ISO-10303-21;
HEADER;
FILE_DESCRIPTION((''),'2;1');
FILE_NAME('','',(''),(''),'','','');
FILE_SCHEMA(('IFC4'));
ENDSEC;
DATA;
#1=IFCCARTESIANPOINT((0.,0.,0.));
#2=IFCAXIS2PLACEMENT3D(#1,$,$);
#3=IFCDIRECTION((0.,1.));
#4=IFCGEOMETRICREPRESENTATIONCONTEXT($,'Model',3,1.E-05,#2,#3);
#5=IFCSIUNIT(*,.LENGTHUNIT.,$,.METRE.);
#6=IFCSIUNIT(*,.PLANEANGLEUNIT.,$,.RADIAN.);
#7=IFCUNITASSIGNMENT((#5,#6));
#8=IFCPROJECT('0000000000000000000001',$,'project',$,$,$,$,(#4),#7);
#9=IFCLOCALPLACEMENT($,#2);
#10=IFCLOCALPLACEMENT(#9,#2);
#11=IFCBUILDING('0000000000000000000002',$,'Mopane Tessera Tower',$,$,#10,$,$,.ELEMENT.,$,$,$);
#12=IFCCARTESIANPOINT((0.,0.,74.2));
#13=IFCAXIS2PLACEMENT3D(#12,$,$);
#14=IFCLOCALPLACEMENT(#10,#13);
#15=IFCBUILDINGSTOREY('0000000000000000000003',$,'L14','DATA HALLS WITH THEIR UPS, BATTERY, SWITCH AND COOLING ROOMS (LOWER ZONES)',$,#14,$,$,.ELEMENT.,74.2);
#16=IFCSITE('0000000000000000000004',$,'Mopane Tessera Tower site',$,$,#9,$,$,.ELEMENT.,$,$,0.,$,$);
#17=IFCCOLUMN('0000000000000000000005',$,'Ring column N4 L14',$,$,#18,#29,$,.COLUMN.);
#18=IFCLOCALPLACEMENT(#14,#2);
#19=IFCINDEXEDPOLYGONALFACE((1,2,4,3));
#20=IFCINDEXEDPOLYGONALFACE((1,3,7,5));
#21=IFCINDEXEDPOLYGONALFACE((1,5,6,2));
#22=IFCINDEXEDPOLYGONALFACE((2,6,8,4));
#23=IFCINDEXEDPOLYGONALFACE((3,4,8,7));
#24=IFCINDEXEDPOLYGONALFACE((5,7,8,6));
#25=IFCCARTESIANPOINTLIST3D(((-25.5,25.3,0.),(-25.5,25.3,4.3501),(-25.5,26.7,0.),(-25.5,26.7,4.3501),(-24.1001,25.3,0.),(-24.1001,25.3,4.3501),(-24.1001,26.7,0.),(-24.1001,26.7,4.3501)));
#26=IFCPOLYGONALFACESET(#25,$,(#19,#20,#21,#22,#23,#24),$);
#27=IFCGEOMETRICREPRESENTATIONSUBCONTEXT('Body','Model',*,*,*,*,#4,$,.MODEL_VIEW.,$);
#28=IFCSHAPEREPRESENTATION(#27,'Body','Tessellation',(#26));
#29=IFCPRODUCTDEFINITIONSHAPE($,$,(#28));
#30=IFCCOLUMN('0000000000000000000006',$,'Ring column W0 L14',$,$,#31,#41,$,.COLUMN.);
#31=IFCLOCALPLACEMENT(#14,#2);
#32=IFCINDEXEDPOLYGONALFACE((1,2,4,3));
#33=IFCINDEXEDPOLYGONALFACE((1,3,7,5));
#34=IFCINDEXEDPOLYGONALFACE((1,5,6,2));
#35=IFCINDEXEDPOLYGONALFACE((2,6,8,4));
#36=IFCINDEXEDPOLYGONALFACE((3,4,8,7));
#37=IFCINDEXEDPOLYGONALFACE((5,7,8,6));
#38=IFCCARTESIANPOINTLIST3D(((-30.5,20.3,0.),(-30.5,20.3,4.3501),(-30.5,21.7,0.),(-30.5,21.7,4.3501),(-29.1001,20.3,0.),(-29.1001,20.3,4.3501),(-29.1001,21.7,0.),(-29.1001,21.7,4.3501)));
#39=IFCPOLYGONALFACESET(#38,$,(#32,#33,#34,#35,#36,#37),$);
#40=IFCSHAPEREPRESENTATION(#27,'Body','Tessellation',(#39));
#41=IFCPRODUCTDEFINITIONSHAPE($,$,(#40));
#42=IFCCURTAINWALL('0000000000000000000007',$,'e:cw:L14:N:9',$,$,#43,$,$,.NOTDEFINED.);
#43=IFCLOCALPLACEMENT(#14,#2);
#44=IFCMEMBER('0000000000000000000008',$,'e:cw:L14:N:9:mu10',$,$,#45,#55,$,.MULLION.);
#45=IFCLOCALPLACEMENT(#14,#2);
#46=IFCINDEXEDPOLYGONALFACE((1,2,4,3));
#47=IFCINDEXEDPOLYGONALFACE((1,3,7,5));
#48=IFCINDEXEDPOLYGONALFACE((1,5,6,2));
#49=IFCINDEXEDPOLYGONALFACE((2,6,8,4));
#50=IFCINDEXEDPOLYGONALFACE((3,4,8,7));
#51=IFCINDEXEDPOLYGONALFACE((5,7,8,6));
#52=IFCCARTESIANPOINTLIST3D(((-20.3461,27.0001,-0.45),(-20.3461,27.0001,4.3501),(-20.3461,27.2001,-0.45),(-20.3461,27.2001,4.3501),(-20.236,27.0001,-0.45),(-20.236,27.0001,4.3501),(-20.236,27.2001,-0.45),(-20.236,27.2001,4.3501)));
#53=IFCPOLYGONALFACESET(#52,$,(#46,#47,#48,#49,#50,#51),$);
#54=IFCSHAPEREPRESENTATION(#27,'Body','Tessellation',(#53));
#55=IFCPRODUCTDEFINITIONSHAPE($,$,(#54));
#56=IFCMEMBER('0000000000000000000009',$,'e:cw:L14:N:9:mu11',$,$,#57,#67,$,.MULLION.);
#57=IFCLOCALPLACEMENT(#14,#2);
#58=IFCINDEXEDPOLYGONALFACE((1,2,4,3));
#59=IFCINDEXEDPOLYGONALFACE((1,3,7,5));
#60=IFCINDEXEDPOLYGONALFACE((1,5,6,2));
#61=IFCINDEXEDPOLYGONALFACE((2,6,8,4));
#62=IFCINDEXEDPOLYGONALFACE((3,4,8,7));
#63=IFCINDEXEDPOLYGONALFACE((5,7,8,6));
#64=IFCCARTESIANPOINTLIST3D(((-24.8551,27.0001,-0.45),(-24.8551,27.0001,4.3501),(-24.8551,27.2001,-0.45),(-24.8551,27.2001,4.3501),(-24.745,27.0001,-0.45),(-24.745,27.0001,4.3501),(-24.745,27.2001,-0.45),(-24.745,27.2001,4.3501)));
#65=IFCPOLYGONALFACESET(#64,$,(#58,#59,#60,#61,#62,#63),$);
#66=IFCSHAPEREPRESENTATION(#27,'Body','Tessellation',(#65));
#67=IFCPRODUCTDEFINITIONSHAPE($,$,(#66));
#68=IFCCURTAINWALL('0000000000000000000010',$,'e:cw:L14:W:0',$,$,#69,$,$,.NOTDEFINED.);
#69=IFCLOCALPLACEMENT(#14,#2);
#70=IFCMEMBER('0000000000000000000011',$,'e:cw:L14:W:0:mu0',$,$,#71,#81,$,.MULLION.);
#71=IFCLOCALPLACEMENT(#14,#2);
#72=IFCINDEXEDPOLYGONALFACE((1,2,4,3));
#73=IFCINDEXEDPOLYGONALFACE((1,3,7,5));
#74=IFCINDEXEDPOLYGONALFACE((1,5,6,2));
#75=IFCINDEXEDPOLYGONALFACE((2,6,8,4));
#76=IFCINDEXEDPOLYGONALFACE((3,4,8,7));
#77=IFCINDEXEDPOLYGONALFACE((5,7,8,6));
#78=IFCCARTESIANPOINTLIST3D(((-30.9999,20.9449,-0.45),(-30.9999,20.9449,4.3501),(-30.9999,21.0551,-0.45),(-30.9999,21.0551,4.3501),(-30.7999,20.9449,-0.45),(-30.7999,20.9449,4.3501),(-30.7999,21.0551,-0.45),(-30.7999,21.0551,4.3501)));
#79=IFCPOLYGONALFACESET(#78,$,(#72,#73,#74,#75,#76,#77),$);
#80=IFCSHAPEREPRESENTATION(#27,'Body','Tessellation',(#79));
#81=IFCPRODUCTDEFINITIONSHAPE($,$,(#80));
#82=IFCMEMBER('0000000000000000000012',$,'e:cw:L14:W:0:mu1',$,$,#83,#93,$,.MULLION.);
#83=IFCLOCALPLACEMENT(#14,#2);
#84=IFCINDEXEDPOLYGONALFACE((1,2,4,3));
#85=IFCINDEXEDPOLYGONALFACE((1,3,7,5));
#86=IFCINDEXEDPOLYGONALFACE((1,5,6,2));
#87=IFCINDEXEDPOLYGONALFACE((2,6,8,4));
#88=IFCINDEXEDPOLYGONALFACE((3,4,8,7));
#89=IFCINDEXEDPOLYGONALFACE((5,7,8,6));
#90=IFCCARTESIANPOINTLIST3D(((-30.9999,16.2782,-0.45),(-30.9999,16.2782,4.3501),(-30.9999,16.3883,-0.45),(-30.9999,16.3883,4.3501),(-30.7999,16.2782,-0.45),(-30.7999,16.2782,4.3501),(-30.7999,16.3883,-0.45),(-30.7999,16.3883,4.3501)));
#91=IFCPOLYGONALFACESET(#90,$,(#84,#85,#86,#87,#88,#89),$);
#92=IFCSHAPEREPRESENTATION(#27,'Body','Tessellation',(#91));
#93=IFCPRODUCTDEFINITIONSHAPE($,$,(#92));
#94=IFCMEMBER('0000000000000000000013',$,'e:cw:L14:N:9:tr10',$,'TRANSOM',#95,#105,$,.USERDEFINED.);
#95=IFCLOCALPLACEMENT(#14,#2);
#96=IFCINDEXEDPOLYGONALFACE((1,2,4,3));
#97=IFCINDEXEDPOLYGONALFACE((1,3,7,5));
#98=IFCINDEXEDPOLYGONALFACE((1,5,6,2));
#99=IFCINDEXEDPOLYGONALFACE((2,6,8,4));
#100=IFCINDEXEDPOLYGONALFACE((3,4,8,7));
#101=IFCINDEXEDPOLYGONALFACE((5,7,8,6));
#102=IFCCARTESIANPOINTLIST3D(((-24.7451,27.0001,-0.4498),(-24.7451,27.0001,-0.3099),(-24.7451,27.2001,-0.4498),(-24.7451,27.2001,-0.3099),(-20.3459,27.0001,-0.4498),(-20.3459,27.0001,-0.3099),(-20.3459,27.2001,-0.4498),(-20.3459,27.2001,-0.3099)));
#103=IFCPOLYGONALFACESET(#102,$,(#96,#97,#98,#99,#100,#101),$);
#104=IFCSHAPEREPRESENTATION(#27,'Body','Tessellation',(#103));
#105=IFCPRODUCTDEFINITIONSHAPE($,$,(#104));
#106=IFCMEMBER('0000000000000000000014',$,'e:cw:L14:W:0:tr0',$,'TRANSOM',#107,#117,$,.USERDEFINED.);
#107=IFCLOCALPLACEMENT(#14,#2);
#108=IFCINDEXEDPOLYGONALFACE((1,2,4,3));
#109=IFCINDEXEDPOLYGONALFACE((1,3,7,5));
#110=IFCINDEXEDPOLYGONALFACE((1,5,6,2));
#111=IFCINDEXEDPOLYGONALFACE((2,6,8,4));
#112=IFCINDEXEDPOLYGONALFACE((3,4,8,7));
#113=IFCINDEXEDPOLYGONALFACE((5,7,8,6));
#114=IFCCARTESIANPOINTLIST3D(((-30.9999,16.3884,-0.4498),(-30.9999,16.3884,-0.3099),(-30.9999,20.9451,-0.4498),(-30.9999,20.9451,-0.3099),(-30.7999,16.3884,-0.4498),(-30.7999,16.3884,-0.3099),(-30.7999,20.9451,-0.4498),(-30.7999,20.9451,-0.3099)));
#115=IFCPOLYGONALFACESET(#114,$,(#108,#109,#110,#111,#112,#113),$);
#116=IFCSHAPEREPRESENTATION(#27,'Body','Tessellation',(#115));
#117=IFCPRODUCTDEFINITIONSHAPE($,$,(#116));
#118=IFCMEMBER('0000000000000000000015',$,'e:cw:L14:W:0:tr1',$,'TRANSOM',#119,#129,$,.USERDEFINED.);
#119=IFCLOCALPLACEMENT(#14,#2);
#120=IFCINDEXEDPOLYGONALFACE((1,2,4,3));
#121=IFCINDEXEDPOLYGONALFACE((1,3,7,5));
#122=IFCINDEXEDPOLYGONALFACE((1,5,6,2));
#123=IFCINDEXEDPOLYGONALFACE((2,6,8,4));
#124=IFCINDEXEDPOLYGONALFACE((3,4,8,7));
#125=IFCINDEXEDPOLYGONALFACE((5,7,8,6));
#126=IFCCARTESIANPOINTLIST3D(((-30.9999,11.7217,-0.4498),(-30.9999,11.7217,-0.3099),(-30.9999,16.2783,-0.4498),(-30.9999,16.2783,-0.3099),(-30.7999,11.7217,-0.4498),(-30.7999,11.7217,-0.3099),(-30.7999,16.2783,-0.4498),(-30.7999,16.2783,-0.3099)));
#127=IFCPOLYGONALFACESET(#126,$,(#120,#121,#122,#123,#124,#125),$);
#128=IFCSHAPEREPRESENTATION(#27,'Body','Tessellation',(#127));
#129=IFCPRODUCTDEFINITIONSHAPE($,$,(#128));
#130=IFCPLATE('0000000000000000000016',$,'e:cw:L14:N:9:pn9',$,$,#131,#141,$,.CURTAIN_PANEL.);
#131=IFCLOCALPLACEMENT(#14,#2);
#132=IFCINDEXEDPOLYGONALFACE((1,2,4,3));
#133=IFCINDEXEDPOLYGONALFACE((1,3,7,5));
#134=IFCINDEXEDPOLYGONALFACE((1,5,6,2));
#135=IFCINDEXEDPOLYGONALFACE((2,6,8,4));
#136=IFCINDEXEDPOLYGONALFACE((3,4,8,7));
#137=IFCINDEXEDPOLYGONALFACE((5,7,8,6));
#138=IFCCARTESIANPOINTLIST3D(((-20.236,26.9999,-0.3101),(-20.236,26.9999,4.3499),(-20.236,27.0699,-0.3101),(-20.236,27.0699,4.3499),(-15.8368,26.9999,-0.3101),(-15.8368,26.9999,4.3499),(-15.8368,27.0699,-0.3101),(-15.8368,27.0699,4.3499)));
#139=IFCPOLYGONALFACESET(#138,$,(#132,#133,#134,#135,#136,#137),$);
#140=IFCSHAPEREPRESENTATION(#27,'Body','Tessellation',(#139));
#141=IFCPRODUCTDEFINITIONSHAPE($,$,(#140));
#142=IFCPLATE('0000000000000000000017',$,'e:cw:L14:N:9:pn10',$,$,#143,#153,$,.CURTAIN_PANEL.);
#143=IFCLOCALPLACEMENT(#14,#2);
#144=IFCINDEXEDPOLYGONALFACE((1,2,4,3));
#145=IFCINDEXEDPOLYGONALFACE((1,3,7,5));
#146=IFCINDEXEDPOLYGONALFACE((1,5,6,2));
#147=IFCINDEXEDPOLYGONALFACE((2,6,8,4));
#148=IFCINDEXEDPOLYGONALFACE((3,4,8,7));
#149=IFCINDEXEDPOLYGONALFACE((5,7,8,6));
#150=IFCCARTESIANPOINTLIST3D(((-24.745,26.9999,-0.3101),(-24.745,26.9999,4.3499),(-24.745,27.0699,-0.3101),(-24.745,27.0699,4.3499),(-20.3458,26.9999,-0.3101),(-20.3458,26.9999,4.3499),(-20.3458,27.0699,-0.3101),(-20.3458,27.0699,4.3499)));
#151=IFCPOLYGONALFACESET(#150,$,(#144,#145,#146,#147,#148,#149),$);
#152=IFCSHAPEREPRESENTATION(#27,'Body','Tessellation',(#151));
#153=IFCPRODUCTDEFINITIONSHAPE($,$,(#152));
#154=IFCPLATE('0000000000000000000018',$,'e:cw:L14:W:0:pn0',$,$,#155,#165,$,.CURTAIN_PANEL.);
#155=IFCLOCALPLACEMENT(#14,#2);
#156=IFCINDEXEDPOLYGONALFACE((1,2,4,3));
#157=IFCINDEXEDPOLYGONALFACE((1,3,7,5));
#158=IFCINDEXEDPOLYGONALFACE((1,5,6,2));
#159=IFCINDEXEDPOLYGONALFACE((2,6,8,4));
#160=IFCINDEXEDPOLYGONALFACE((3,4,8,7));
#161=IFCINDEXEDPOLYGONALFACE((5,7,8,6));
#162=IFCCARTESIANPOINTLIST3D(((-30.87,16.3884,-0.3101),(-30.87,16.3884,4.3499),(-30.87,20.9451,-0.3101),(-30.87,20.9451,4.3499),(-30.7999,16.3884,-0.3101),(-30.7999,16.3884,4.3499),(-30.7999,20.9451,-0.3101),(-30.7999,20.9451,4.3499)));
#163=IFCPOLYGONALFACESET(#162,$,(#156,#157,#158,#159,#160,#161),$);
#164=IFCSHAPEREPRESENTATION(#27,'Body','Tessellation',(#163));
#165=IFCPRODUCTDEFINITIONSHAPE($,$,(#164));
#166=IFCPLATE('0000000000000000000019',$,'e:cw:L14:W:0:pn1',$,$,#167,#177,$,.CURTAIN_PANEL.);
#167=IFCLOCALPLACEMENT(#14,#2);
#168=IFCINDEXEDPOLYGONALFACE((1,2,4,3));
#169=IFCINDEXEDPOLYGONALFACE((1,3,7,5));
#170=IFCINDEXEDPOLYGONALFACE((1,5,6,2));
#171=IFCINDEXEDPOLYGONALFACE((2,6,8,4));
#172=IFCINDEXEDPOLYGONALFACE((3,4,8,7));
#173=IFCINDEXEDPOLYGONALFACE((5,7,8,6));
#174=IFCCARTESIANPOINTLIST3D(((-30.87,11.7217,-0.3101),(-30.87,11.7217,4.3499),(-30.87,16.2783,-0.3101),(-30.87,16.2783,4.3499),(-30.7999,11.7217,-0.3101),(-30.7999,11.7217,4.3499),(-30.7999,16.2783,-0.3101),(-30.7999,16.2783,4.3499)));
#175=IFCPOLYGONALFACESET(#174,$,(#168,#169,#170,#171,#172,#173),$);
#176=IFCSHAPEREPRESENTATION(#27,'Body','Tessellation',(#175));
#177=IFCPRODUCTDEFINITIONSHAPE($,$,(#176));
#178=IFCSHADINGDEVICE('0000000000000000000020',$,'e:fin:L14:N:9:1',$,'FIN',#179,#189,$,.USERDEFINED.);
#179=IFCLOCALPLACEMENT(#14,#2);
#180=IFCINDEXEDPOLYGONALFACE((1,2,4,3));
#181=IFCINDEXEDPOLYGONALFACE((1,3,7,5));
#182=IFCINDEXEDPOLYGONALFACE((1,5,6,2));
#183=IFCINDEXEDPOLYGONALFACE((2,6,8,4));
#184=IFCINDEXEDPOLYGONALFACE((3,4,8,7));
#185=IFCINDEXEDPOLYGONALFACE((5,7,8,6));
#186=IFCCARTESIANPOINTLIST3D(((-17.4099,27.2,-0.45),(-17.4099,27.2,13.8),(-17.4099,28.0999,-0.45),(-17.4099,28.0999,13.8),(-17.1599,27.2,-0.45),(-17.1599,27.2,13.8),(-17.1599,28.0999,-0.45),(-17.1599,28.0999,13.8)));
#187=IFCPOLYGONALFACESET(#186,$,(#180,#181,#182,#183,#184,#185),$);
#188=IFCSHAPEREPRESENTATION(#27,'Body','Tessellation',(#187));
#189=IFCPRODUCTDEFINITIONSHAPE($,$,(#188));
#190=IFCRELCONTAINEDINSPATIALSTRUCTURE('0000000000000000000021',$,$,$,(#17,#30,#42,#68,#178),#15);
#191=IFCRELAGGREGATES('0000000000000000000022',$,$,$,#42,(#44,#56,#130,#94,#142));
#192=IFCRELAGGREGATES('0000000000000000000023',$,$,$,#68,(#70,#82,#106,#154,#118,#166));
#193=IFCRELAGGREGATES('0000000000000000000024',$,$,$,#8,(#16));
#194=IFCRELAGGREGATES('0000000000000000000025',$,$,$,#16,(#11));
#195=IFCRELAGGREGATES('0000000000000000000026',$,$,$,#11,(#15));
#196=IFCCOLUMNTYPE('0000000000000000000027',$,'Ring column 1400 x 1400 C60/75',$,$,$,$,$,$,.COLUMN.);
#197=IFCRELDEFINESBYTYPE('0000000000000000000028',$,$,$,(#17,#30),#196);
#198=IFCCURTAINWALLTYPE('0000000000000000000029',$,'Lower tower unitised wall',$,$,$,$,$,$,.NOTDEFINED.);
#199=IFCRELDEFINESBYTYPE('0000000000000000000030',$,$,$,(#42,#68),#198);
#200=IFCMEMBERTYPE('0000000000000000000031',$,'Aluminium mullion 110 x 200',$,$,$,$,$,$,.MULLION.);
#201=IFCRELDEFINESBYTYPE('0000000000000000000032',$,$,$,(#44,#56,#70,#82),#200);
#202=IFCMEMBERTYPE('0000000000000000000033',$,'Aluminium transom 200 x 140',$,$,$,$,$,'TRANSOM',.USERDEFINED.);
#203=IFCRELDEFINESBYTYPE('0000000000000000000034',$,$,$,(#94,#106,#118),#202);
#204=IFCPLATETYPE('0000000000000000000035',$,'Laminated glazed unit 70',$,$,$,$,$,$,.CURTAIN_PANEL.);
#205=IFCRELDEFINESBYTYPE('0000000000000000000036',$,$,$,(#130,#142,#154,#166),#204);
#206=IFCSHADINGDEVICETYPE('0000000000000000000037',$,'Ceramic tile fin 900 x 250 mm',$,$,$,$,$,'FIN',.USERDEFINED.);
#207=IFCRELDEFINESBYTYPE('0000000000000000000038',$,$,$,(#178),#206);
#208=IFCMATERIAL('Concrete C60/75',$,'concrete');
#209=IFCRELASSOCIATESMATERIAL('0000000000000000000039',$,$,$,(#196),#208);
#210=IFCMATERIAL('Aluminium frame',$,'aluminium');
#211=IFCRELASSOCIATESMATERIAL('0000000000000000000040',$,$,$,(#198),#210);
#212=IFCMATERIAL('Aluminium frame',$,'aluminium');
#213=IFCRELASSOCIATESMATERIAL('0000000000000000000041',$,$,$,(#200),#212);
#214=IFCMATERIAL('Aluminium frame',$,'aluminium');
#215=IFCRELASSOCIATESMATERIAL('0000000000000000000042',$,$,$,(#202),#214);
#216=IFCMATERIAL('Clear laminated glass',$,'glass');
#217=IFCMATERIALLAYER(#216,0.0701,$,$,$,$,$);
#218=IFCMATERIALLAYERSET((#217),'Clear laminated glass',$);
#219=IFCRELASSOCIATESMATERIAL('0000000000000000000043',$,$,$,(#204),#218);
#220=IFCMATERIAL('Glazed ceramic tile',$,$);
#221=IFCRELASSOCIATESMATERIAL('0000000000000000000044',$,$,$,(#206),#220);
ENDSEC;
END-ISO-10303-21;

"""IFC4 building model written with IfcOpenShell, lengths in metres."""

from ifc_helpers import new_model, si_unit, direction, frame, origin, origin_2d, place, context, subcontext, project, spatial, rectangle, extrude, material, layer, layer_set, material_profile, profile_set, type_object, element, aggregate, save


model = new_model("IFC4")

# Units and contexts
model_context = context("Model", 3, precision=1e-05, world=origin(), true_north=direction((0.0, 1.0)))
body_context = subcontext(model_context, "Body", "Model", "MODEL_VIEW")
ifc_project = project(units=[si_unit("LENGTHUNIT", "METRE"), si_unit("PLANEANGLEUNIT", "RADIAN")], contexts=[model_context])

# Site, building, storey
site_placement = place(None, origin())
site = spatial("IfcSite", under=ifc_project, at=site_placement, Name="Mopane Tessera Tower site", CompositionType="ELEMENT", RefElevation=0.0)
building_placement = place(site_placement, origin())
building = spatial("IfcBuilding", under=site, at=building_placement, Name="Mopane Tessera Tower", CompositionType="ELEMENT")
storey_placement = place(building_placement, frame((0.0, 0.0, 74.2)))
storey = spatial("IfcBuildingStorey", under=building, at=storey_placement, Name="L14", Description="DATA HALLS WITH THEIR UPS, BATTERY, SWITCH AND COOLING ROOMS (LOWER ZONES)", CompositionType="ELEMENT", Elevation=74.2)

# Columns
ifc_material_1 = material(Name="Concrete C60/75", Category="concrete")
ifc_material_profile_1 = material_profile(ifc_material_1, rectangle(XDim=1.3999, YDim=1.3999, at=origin_2d()))
ifc_profile_set_1 = profile_set([ifc_material_profile_1], Name="Concrete C60/75")
column_type = type_object("IfcColumnType", Name="Ring column 1400 x 1400 C60/75", PredefinedType="COLUMN", material=ifc_profile_set_1)
for number, where, z_axis, x_axis, name in (
    (1, (-24.8, 26.0, 0.0), (0.0, 0.0, 1.0), (1.0, 0.0, 0.0), "Ring column N4 L14"),
    (2, (-29.8, 21.0, 0.0), (0.0, 0.0, 1.0), (1.0, 0.0, 0.0), "Ring column W0 L14"),
):
    element("IfcColumn", number, at=place(storey_placement, frame(where, z_axis=z_axis, x_axis=x_axis)), inside=storey, type_object=column_type, Name=name, PredefinedType="COLUMN", context=body_context, shape_type="SweptSolid", body=[
        extrude(rectangle(XDim=1.3999, YDim=1.3999, at=origin_2d()), origin(), (0.0, 0.0, 1.0), 4.3501),
    ])

# Curtain walls, members
ifc_material_2 = material(Name="Aluminium frame", Category="aluminium")
curtain_wall_type = type_object("IfcCurtainWallType", Name="Lower tower unitised wall", PredefinedType="NOTDEFINED", material=ifc_material_2)
curtain_wall_1_placement = place(storey_placement, origin())
curtain_wall_1 = element("IfcCurtainWall", 3, at=curtain_wall_1_placement, inside=storey, type_object=curtain_wall_type, Name="e:cw:L14:N:9", PredefinedType="NOTDEFINED")
ifc_material_3 = material(Name="Aluminium frame", Category="aluminium")
ifc_material_profile_2 = material_profile(ifc_material_3, rectangle(XDim=0.1101, YDim=0.2, at=origin_2d()))
ifc_profile_set_2 = profile_set([ifc_material_profile_2], Name="Aluminium frame")
member_type_1 = type_object("IfcMemberType", Name="Aluminium mullion 110 x 200", PredefinedType="MULLION", material=ifc_profile_set_2)
member_1_placement = place(storey_placement, frame((-20.291, 27.1001, -0.45), z_axis=(0.0, 0.0, 1.0), x_axis=(-1.0, 0.0, 0.0)))
member_1 = element("IfcMember", 4, at=member_1_placement, type_object=member_type_1, Name="e:cw:L14:N:9:mu10", PredefinedType="MULLION", context=body_context, shape_type="SweptSolid", body=[
    extrude(rectangle(XDim=0.1101, YDim=0.2, at=origin_2d()), origin(), (0.0, 0.0, 1.0), 4.8),
])
member_2_placement = place(storey_placement, frame((-24.8, 27.1001, -0.45), z_axis=(0.0, 0.0, 1.0), x_axis=(-1.0, 0.0, 0.0)))
member_2 = element("IfcMember", 5, at=member_2_placement, type_object=member_type_1, Name="e:cw:L14:N:9:mu11", PredefinedType="MULLION", context=body_context, shape_type="SweptSolid", body=[
    extrude(rectangle(XDim=0.1101, YDim=0.2, at=origin_2d()), origin(), (0.0, 0.0, 1.0), 4.8),
])
curtain_wall_2_placement = place(storey_placement, origin())
curtain_wall_2 = element("IfcCurtainWall", 6, at=curtain_wall_2_placement, inside=storey, type_object=curtain_wall_type, Name="e:cw:L14:W:0", PredefinedType="NOTDEFINED")
member_3_placement = place(storey_placement, frame((-30.8999, 21.0, -0.45), z_axis=(0.0, 0.0, 1.0), x_axis=(0.0, -1.0, 0.0)))
member_3 = element("IfcMember", 7, at=member_3_placement, type_object=member_type_1, Name="e:cw:L14:W:0:mu0", PredefinedType="MULLION", context=body_context, shape_type="SweptSolid", body=[
    extrude(rectangle(XDim=0.1101, YDim=0.2, at=origin_2d()), origin(), (0.0, 0.0, 1.0), 4.8),
])
member_4_placement = place(storey_placement, frame((-30.8999, 16.3333, -0.45), z_axis=(0.0, 0.0, 1.0), x_axis=(0.0, -1.0, 0.0)))
member_4 = element("IfcMember", 8, at=member_4_placement, type_object=member_type_1, Name="e:cw:L14:W:0:mu1", PredefinedType="MULLION", context=body_context, shape_type="SweptSolid", body=[
    extrude(rectangle(XDim=0.1101, YDim=0.2, at=origin_2d()), origin(), (0.0, 0.0, 1.0), 4.8),
])

# Members
ifc_material_4 = material(Name="Aluminium frame", Category="aluminium")
ifc_material_profile_3 = material_profile(ifc_material_4, rectangle(XDim=0.2, YDim=0.1399, at=origin_2d()))
ifc_profile_set_3 = profile_set([ifc_material_profile_3], Name="Aluminium frame")
member_type_2 = type_object("IfcMemberType", Name="Aluminium transom 200 x 140", ElementType="TRANSOM", PredefinedType="USERDEFINED", material=ifc_profile_set_3)
member_5_placement = place(storey_placement, frame((-20.3459, 27.1001, -0.3799), z_axis=(-1.0, 0.0, 0.0), x_axis=(0.0, -1.0, 0.0)))
member_5 = element("IfcMember", 9, at=member_5_placement, type_object=member_type_2, Name="e:cw:L14:N:9:tr10", ObjectType="TRANSOM", PredefinedType="USERDEFINED", context=body_context, shape_type="SweptSolid", body=[
    extrude(rectangle(XDim=0.2, YDim=0.1399, at=origin_2d()), origin(), (0.0, 0.0, 1.0), 4.3992),
])
member_6_placement = place(storey_placement, frame((-30.8999, 20.9451, -0.3799), z_axis=(0.0, -1.0, 0.0), x_axis=(1.0, 0.0, 0.0)))
member_6 = element("IfcMember", 10, at=member_6_placement, type_object=member_type_2, Name="e:cw:L14:W:0:tr0", ObjectType="TRANSOM", PredefinedType="USERDEFINED", context=body_context, shape_type="SweptSolid", body=[
    extrude(rectangle(XDim=0.2, YDim=0.1399, at=origin_2d()), origin(), (0.0, 0.0, 1.0), 4.5566),
])
member_7_placement = place(storey_placement, frame((-30.8999, 16.2783, -0.3799), z_axis=(0.0, -1.0, 0.0), x_axis=(1.0, 0.0, 0.0)))
member_7 = element("IfcMember", 11, at=member_7_placement, type_object=member_type_2, Name="e:cw:L14:W:0:tr1", ObjectType="TRANSOM", PredefinedType="USERDEFINED", context=body_context, shape_type="SweptSolid", body=[
    extrude(rectangle(XDim=0.2, YDim=0.1399, at=origin_2d()), origin(), (0.0, 0.0, 1.0), 4.5566),
])

# Plates
ifc_material_5 = material(Name="Clear laminated glass", Category="glass")
ifc_layer = layer(ifc_material_5, 0.0701)
ifc_layer_set = layer_set([ifc_layer], Name="Clear laminated glass")
plate_type = type_object("IfcPlateType", Name="Laminated glazed unit 70", PredefinedType="CURTAIN_PANEL", material=ifc_layer_set)
plate_1_placement = place(storey_placement, frame((-18.0364, 27.0349, -0.3101), z_axis=(0.0, 0.0, 1.0), x_axis=(-1.0, 0.0, 0.0)))
plate_1 = element("IfcPlate", 12, at=plate_1_placement, type_object=plate_type, Name="e:cw:L14:N:9:pn9", PredefinedType="CURTAIN_PANEL", context=body_context, shape_type="SweptSolid", body=[
    extrude(rectangle(XDim=4.3992, YDim=0.0701, at=origin_2d()), origin(), (0.0, 0.0, 1.0), 4.6599),
])
plate_2_placement = place(storey_placement, frame((-22.5454, 27.0349, -0.3101), z_axis=(0.0, 0.0, 1.0), x_axis=(-1.0, 0.0, 0.0)))
plate_2 = element("IfcPlate", 13, at=plate_2_placement, type_object=plate_type, Name="e:cw:L14:N:9:pn10", PredefinedType="CURTAIN_PANEL", context=body_context, shape_type="SweptSolid", body=[
    extrude(rectangle(XDim=4.3992, YDim=0.0701, at=origin_2d()), origin(), (0.0, 0.0, 1.0), 4.6599),
])
aggregate(curtain_wall_1, [member_1, member_2, plate_1, member_5, plate_2])
plate_3_placement = place(storey_placement, frame((-30.835, 18.6667, -0.3101), z_axis=(0.0, 0.0, 1.0), x_axis=(0.0, -1.0, 0.0)))
plate_3 = element("IfcPlate", 14, at=plate_3_placement, type_object=plate_type, Name="e:cw:L14:W:0:pn0", PredefinedType="CURTAIN_PANEL", context=body_context, shape_type="SweptSolid", body=[
    extrude(rectangle(XDim=4.5566, YDim=0.0701, at=origin_2d()), origin(), (0.0, 0.0, 1.0), 4.6599),
])
plate_4_placement = place(storey_placement, frame((-30.835, 14.0, -0.3101), z_axis=(0.0, 0.0, 1.0), x_axis=(0.0, -1.0, 0.0)))
plate_4 = element("IfcPlate", 15, at=plate_4_placement, type_object=plate_type, Name="e:cw:L14:W:0:pn1", PredefinedType="CURTAIN_PANEL", context=body_context, shape_type="SweptSolid", body=[
    extrude(rectangle(XDim=4.5566, YDim=0.0701, at=origin_2d()), origin(), (0.0, 0.0, 1.0), 4.6599),
])
aggregate(curtain_wall_2, [member_3, member_4, member_6, plate_3, member_7, plate_4])

# Shading device
ifc_material_6 = material(Name="Glazed ceramic tile")
shading_device_type = type_object("IfcShadingDeviceType", Name="Ceramic tile fin 900 x 250 mm", ElementType="FIN", PredefinedType="USERDEFINED", material=ifc_material_6)
for number, where, z_axis, x_axis, name in (
    (16, (-17.2849, 27.6499, -0.45), (0.0, 0.0, 1.0), (-1.0, 0.0, 0.0), "e:fin:L14:N:9:1"),
):
    element("IfcShadingDevice", number, at=place(storey_placement, frame(where, z_axis=z_axis, x_axis=x_axis)), inside=storey, type_object=shading_device_type, Name=name, ObjectType="FIN", PredefinedType="USERDEFINED", context=body_context, shape_type="SweptSolid", body=[
        extrude(rectangle(XDim=0.25, YDim=0.8999, at=origin_2d()), origin(), (0.0, 0.0, 1.0), 14.25),
    ])

save(model, "model.ifc")
